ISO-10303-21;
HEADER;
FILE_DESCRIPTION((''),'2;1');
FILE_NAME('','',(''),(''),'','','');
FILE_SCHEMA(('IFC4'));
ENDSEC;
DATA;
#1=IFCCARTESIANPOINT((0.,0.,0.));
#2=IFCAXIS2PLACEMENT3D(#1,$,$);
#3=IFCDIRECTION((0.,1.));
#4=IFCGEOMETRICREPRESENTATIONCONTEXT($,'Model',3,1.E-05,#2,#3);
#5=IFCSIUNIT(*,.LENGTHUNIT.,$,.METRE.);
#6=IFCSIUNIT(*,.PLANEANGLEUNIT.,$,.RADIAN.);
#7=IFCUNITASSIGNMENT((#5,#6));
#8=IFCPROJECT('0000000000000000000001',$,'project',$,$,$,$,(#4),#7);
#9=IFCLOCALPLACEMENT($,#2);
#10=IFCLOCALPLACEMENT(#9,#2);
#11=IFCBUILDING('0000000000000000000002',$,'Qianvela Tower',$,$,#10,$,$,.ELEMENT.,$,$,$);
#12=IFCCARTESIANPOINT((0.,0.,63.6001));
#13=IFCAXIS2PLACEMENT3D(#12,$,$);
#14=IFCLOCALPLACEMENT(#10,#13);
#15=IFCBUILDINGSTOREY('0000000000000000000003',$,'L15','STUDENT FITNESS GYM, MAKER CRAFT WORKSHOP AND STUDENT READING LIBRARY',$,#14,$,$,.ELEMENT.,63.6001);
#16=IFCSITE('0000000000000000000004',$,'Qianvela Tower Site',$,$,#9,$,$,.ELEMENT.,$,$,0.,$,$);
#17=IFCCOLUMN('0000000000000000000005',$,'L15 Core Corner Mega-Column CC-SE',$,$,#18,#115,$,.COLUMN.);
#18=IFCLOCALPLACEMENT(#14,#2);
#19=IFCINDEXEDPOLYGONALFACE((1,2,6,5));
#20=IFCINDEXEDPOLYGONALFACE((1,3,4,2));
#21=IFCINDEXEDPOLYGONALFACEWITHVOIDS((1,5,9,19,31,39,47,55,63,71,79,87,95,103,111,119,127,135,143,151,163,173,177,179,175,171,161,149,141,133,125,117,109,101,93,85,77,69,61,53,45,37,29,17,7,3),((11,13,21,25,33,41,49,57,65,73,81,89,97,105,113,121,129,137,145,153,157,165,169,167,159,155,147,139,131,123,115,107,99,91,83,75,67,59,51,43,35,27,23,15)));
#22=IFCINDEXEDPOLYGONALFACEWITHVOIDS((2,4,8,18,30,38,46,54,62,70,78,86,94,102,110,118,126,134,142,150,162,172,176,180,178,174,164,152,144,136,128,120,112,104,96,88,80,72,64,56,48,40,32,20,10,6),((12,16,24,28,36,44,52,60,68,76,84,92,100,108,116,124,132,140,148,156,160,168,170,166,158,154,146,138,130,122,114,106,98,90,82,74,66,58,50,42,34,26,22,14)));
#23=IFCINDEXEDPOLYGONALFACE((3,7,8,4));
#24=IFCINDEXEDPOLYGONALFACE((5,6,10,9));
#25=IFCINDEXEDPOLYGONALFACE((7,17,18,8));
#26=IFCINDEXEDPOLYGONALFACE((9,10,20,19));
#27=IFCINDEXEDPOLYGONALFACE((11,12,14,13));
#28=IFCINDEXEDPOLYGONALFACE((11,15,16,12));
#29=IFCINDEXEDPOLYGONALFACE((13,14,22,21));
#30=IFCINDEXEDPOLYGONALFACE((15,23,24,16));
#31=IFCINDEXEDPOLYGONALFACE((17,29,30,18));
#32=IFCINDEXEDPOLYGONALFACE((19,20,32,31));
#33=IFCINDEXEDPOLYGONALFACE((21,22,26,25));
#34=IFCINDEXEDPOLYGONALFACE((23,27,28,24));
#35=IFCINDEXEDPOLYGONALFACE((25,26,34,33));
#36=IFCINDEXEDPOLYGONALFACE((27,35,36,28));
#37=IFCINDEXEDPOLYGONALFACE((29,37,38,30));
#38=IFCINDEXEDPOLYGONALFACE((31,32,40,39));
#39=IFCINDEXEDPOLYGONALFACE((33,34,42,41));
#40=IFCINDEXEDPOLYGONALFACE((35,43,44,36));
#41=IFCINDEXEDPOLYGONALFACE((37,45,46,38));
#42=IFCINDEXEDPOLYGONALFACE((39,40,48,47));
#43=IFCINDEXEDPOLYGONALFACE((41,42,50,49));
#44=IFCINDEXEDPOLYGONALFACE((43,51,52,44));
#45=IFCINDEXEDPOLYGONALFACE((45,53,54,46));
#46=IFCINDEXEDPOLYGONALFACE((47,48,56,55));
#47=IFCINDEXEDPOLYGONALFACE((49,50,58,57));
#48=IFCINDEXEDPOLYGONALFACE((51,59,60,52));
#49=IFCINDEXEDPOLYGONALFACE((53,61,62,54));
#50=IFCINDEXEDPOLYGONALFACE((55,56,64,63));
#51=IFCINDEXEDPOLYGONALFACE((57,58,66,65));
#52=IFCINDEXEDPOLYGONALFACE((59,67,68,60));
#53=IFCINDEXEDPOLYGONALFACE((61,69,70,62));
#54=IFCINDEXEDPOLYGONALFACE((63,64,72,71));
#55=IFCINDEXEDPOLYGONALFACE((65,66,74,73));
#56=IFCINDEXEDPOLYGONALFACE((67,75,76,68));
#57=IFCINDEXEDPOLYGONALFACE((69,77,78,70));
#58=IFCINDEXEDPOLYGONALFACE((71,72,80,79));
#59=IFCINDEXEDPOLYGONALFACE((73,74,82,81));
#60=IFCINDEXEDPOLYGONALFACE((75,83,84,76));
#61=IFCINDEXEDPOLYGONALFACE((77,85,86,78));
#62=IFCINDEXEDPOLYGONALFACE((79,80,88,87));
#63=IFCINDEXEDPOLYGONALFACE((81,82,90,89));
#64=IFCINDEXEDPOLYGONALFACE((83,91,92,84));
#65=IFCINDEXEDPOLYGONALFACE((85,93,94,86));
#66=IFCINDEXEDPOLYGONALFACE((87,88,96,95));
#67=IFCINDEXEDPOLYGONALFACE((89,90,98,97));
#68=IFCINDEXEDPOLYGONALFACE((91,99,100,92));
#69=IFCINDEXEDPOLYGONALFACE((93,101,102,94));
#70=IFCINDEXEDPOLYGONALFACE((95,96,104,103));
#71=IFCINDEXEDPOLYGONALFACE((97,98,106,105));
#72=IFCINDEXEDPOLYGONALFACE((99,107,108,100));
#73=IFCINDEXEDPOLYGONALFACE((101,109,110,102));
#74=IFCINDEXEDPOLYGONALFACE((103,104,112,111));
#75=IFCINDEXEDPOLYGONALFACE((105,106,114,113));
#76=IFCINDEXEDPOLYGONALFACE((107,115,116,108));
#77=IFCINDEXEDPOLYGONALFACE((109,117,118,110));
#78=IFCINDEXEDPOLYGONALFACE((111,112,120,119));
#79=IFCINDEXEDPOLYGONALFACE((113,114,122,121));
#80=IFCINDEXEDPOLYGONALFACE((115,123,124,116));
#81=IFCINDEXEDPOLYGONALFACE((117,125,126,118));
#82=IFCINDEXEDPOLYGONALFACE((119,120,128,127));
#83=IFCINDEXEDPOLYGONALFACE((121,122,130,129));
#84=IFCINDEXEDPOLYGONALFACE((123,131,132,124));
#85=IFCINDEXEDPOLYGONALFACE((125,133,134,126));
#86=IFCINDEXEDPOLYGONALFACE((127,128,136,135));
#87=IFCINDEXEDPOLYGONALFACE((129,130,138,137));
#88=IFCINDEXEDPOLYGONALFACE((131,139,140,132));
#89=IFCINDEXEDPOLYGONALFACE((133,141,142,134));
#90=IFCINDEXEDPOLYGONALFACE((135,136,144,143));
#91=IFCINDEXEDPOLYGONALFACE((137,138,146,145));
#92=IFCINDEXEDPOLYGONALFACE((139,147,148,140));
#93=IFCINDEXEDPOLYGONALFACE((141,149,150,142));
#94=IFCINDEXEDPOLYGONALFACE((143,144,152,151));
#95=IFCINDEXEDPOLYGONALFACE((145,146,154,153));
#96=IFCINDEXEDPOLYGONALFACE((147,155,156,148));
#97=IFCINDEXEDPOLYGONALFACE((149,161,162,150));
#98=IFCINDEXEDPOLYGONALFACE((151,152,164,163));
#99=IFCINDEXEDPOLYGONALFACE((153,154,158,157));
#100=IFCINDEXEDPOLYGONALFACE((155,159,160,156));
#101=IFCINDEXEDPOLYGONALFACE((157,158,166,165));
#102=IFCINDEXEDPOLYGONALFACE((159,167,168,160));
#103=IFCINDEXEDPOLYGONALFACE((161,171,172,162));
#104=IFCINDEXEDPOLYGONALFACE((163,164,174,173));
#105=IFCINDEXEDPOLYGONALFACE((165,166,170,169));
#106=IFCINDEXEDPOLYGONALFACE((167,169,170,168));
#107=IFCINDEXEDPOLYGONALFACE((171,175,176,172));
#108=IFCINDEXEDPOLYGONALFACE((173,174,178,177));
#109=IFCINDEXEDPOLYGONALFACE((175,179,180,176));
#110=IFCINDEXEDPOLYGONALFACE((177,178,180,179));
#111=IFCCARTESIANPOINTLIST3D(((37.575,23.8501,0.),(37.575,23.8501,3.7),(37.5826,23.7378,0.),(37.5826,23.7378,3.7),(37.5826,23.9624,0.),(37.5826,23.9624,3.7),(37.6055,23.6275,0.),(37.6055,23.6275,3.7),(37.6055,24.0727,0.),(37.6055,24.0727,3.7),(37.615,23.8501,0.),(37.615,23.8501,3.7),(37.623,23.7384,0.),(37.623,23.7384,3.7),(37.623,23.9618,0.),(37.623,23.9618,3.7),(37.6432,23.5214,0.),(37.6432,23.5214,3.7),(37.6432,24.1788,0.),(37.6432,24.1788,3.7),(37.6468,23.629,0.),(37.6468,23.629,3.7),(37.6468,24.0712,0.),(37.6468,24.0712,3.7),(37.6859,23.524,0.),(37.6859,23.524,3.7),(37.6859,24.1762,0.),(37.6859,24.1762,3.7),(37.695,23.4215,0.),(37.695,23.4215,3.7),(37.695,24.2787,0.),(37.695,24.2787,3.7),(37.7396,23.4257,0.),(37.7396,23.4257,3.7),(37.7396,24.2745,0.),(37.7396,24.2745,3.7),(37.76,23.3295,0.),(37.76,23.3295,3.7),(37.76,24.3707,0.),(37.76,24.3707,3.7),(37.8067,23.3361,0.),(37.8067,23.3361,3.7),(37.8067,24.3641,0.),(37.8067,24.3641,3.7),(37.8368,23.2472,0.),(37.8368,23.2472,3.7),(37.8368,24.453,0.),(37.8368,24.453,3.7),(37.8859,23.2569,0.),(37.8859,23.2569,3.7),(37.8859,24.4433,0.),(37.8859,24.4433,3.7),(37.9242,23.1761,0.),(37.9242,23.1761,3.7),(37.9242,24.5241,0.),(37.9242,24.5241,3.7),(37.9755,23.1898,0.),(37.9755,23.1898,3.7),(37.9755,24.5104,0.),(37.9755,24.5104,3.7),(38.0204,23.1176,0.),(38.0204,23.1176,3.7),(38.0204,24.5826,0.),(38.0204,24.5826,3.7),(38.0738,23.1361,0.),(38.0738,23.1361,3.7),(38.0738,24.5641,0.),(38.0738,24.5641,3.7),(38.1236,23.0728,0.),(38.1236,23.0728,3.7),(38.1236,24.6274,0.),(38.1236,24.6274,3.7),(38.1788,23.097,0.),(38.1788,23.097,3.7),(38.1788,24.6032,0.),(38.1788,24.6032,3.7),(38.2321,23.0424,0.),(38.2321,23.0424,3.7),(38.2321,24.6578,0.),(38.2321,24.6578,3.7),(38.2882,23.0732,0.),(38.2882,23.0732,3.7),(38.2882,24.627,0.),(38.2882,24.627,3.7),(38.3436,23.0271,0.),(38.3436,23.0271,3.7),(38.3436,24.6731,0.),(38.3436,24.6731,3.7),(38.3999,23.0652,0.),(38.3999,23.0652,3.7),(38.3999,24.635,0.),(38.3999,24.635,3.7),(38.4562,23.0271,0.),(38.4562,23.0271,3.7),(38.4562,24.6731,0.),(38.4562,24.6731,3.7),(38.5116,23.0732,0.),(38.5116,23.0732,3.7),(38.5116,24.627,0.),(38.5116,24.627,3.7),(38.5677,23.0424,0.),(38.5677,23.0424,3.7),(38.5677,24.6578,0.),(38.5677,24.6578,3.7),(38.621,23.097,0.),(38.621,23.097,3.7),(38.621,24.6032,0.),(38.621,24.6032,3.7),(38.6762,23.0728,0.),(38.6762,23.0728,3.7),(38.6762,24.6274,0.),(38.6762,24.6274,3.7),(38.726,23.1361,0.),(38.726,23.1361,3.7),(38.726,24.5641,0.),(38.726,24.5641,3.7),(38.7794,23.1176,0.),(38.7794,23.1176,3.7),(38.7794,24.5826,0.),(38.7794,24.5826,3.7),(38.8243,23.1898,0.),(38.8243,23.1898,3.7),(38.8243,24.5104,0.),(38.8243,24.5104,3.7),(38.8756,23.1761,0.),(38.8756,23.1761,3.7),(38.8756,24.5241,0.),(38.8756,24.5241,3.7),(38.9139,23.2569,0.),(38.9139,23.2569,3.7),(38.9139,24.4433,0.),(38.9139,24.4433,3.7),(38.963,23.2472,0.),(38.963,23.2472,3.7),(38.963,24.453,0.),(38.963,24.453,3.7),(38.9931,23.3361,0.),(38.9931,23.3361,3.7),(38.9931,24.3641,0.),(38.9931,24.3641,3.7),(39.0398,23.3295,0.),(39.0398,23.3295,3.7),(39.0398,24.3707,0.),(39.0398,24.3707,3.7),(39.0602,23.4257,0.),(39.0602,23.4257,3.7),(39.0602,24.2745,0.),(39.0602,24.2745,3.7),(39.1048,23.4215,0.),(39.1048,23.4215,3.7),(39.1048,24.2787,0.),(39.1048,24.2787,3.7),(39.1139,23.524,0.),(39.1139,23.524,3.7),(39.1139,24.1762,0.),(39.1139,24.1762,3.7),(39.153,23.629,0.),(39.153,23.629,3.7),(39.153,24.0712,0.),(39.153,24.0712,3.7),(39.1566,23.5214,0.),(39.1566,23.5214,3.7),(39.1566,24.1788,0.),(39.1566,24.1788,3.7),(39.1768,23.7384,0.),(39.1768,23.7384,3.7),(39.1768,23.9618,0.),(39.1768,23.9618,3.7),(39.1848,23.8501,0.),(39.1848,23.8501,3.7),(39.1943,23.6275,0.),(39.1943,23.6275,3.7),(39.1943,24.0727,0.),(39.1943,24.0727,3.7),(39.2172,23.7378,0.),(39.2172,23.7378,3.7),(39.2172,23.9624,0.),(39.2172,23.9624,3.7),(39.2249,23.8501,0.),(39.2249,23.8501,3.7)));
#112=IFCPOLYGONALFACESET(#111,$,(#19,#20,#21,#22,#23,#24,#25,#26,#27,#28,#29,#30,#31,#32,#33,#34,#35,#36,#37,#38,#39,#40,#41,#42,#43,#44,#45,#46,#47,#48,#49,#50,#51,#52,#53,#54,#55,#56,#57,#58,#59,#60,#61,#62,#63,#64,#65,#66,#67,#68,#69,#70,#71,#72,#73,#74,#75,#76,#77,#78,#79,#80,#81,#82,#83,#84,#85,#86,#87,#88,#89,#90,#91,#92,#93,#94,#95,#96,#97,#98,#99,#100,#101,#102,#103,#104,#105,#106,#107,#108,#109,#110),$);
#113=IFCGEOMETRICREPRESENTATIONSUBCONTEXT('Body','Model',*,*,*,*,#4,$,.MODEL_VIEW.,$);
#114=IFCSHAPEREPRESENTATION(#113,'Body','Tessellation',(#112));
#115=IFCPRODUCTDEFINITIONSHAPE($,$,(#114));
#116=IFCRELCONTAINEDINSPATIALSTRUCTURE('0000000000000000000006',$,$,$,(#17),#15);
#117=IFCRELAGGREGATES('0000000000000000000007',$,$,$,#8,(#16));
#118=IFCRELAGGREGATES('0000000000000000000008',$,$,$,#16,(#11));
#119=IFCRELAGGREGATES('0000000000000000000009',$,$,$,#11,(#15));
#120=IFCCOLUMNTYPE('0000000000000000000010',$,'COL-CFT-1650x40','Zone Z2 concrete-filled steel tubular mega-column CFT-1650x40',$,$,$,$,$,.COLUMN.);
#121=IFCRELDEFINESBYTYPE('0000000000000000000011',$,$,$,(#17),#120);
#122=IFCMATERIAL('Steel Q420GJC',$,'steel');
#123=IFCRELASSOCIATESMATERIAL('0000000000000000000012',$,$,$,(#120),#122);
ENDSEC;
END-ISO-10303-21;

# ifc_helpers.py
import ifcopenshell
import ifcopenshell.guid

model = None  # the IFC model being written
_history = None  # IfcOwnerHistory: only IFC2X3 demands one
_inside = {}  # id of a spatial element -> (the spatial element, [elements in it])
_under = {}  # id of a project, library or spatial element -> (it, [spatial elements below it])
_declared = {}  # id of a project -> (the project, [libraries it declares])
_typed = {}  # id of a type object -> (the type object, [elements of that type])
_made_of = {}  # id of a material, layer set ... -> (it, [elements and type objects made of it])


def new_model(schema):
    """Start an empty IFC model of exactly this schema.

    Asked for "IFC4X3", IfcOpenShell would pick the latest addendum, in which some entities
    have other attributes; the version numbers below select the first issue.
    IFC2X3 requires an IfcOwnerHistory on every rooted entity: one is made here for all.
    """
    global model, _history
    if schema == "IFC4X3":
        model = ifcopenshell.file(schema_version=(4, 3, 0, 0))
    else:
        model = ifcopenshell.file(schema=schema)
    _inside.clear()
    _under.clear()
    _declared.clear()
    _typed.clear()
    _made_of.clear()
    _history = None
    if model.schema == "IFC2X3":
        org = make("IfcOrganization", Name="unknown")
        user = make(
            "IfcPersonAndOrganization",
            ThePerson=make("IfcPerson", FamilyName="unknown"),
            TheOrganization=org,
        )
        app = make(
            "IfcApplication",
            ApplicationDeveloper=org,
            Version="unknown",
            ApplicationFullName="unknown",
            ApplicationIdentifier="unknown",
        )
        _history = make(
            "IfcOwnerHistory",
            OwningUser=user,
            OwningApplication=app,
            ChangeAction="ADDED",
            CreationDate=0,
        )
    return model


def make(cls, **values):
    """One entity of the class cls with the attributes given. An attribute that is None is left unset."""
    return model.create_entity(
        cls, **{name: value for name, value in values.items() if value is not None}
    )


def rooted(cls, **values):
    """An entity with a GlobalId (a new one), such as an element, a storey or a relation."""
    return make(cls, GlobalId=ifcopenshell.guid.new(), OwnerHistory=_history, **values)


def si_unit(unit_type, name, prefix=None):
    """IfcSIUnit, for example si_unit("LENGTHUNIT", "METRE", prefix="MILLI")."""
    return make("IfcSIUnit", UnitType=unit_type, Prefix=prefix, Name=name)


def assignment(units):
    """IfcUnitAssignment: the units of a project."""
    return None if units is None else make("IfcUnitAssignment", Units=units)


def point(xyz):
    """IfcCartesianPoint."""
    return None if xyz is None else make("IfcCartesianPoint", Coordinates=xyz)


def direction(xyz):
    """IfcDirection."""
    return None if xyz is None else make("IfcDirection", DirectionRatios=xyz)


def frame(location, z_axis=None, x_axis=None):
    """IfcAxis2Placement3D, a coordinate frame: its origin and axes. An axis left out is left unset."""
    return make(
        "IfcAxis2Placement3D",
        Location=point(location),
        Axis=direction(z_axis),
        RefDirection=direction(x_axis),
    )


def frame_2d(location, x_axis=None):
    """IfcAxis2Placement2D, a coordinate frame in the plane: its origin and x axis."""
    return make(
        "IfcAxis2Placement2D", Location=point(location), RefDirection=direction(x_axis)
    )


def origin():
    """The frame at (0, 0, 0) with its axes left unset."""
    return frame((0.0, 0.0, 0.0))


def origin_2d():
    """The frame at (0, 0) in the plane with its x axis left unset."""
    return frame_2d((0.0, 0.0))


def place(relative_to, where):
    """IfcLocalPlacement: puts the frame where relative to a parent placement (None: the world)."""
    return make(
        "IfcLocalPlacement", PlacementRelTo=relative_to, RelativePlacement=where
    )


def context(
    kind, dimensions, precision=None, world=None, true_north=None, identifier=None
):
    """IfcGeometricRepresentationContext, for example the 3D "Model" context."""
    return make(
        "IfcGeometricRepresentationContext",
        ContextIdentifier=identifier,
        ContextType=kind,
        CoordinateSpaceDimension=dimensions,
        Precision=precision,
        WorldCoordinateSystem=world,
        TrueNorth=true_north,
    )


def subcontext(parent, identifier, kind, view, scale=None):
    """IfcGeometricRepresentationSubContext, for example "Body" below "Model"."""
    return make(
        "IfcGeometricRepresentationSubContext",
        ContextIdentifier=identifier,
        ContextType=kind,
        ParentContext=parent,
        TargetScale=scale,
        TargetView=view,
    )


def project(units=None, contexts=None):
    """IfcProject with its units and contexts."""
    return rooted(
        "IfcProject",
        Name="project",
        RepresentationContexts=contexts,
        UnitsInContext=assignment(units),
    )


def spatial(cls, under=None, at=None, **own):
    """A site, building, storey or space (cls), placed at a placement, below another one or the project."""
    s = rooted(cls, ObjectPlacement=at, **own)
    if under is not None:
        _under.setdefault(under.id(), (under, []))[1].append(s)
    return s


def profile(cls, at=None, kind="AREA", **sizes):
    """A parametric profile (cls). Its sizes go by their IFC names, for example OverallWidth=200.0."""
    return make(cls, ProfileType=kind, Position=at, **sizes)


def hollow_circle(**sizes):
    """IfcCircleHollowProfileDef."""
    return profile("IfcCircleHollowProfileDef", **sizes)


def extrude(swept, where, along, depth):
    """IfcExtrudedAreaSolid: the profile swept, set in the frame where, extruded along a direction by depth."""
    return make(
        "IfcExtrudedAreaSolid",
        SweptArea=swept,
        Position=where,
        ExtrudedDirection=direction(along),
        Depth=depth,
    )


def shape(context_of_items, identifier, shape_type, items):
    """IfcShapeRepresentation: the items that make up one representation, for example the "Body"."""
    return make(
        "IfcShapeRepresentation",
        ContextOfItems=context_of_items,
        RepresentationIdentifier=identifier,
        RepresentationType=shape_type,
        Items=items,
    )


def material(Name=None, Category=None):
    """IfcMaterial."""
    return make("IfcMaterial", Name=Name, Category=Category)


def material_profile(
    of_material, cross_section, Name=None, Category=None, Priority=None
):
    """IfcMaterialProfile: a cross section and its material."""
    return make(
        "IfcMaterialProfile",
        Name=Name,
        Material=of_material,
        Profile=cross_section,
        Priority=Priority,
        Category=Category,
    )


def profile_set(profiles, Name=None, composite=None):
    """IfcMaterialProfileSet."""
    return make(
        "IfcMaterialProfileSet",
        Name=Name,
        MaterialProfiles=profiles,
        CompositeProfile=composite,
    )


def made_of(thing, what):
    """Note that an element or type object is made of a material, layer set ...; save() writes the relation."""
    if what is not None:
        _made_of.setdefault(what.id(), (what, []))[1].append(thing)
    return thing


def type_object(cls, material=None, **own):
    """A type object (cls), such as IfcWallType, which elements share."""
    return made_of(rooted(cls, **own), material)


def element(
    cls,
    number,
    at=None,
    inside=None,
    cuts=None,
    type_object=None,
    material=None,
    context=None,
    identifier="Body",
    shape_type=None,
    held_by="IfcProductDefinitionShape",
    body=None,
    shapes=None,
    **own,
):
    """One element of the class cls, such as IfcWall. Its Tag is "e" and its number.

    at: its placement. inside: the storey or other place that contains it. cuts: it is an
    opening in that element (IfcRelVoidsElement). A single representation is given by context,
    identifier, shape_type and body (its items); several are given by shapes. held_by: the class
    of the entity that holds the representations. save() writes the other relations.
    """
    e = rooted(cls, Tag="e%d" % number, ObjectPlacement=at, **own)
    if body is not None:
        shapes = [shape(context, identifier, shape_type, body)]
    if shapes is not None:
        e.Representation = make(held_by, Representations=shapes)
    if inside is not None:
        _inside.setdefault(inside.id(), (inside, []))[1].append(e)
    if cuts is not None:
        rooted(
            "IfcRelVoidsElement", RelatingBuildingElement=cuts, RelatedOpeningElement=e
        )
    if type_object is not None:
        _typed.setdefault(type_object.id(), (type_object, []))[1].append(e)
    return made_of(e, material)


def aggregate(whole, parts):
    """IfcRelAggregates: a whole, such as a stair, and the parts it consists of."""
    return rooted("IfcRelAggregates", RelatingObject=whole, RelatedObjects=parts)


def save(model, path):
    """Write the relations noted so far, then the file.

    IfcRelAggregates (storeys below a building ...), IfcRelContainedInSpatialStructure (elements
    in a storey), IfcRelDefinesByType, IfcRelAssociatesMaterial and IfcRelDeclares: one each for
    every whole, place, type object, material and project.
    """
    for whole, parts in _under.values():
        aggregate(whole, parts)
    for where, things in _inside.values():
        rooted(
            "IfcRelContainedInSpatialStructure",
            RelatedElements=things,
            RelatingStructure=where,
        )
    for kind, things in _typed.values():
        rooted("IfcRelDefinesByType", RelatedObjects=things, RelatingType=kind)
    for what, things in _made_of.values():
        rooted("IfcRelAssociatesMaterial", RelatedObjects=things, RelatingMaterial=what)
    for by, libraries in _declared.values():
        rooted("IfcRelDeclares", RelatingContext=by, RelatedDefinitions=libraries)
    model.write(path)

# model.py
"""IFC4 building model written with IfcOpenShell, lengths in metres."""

from ifc_helpers import new_model, si_unit, direction, frame, origin, origin_2d, place, context, subcontext, project, spatial, hollow_circle, extrude, material, material_profile, profile_set, type_object, element, save


model = new_model("IFC4")

# Units and contexts
model_context = context("Model", 3, precision=1e-05, world=origin(), true_north=direction((0.0, 1.0)))
body_context = subcontext(model_context, "Body", "Model", "MODEL_VIEW")
ifc_project = project(units=[si_unit("LENGTHUNIT", "METRE"), si_unit("PLANEANGLEUNIT", "RADIAN")], contexts=[model_context])

# Site, building, storey
site_placement = place(None, origin())
site = spatial("IfcSite", under=ifc_project, at=site_placement, Name="Qianvela Tower Site", CompositionType="ELEMENT", RefElevation=0.0)
building_placement = place(site_placement, origin())
building = spatial("IfcBuilding", under=site, at=building_placement, Name="Qianvela Tower", CompositionType="ELEMENT")
storey_placement = place(building_placement, frame((0.0, 0.0, 63.6001)))
storey = spatial("IfcBuildingStorey", under=building, at=storey_placement, Name="L15", Description="STUDENT FITNESS GYM, MAKER CRAFT WORKSHOP AND STUDENT READING LIBRARY", CompositionType="ELEMENT", Elevation=63.6001)

# Column
ifc_material_1 = material(Name="Steel Q420GJC", Category="steel")
ifc_material_profile_1 = material_profile(ifc_material_1, hollow_circle(Radius=0.825, WallThickness=0.04, at=origin_2d()), Name="CFT-1650x40")
ifc_profile_set_1 = profile_set([ifc_material_profile_1], Name="Steel Q420GJC")
column_type = type_object("IfcColumnType", Name="COL-CFT-1650x40", Description="Zone Z2 concrete-filled steel tubular mega-column CFT-1650x40", PredefinedType="COLUMN", material=ifc_profile_set_1)
for number, where, z_axis, x_axis, name in (
    (1, (38.3999, 23.8501, 0.0), (0.0, 0.0, 1.0), (1.0, 0.0, 0.0), "L15 Core Corner Mega-Column CC-SE"),
):
    element("IfcColumn", number, at=place(storey_placement, frame(where, z_axis=z_axis, x_axis=x_axis)), inside=storey, type_object=column_type, Name=name, PredefinedType="COLUMN", context=body_context, shape_type="SweptSolid", body=[
        extrude(hollow_circle(Radius=0.825, WallThickness=0.04, at=origin_2d()), origin(), (0.0, 0.0, 1.0), 3.7),
    ])

save(model, "model.ifc")
